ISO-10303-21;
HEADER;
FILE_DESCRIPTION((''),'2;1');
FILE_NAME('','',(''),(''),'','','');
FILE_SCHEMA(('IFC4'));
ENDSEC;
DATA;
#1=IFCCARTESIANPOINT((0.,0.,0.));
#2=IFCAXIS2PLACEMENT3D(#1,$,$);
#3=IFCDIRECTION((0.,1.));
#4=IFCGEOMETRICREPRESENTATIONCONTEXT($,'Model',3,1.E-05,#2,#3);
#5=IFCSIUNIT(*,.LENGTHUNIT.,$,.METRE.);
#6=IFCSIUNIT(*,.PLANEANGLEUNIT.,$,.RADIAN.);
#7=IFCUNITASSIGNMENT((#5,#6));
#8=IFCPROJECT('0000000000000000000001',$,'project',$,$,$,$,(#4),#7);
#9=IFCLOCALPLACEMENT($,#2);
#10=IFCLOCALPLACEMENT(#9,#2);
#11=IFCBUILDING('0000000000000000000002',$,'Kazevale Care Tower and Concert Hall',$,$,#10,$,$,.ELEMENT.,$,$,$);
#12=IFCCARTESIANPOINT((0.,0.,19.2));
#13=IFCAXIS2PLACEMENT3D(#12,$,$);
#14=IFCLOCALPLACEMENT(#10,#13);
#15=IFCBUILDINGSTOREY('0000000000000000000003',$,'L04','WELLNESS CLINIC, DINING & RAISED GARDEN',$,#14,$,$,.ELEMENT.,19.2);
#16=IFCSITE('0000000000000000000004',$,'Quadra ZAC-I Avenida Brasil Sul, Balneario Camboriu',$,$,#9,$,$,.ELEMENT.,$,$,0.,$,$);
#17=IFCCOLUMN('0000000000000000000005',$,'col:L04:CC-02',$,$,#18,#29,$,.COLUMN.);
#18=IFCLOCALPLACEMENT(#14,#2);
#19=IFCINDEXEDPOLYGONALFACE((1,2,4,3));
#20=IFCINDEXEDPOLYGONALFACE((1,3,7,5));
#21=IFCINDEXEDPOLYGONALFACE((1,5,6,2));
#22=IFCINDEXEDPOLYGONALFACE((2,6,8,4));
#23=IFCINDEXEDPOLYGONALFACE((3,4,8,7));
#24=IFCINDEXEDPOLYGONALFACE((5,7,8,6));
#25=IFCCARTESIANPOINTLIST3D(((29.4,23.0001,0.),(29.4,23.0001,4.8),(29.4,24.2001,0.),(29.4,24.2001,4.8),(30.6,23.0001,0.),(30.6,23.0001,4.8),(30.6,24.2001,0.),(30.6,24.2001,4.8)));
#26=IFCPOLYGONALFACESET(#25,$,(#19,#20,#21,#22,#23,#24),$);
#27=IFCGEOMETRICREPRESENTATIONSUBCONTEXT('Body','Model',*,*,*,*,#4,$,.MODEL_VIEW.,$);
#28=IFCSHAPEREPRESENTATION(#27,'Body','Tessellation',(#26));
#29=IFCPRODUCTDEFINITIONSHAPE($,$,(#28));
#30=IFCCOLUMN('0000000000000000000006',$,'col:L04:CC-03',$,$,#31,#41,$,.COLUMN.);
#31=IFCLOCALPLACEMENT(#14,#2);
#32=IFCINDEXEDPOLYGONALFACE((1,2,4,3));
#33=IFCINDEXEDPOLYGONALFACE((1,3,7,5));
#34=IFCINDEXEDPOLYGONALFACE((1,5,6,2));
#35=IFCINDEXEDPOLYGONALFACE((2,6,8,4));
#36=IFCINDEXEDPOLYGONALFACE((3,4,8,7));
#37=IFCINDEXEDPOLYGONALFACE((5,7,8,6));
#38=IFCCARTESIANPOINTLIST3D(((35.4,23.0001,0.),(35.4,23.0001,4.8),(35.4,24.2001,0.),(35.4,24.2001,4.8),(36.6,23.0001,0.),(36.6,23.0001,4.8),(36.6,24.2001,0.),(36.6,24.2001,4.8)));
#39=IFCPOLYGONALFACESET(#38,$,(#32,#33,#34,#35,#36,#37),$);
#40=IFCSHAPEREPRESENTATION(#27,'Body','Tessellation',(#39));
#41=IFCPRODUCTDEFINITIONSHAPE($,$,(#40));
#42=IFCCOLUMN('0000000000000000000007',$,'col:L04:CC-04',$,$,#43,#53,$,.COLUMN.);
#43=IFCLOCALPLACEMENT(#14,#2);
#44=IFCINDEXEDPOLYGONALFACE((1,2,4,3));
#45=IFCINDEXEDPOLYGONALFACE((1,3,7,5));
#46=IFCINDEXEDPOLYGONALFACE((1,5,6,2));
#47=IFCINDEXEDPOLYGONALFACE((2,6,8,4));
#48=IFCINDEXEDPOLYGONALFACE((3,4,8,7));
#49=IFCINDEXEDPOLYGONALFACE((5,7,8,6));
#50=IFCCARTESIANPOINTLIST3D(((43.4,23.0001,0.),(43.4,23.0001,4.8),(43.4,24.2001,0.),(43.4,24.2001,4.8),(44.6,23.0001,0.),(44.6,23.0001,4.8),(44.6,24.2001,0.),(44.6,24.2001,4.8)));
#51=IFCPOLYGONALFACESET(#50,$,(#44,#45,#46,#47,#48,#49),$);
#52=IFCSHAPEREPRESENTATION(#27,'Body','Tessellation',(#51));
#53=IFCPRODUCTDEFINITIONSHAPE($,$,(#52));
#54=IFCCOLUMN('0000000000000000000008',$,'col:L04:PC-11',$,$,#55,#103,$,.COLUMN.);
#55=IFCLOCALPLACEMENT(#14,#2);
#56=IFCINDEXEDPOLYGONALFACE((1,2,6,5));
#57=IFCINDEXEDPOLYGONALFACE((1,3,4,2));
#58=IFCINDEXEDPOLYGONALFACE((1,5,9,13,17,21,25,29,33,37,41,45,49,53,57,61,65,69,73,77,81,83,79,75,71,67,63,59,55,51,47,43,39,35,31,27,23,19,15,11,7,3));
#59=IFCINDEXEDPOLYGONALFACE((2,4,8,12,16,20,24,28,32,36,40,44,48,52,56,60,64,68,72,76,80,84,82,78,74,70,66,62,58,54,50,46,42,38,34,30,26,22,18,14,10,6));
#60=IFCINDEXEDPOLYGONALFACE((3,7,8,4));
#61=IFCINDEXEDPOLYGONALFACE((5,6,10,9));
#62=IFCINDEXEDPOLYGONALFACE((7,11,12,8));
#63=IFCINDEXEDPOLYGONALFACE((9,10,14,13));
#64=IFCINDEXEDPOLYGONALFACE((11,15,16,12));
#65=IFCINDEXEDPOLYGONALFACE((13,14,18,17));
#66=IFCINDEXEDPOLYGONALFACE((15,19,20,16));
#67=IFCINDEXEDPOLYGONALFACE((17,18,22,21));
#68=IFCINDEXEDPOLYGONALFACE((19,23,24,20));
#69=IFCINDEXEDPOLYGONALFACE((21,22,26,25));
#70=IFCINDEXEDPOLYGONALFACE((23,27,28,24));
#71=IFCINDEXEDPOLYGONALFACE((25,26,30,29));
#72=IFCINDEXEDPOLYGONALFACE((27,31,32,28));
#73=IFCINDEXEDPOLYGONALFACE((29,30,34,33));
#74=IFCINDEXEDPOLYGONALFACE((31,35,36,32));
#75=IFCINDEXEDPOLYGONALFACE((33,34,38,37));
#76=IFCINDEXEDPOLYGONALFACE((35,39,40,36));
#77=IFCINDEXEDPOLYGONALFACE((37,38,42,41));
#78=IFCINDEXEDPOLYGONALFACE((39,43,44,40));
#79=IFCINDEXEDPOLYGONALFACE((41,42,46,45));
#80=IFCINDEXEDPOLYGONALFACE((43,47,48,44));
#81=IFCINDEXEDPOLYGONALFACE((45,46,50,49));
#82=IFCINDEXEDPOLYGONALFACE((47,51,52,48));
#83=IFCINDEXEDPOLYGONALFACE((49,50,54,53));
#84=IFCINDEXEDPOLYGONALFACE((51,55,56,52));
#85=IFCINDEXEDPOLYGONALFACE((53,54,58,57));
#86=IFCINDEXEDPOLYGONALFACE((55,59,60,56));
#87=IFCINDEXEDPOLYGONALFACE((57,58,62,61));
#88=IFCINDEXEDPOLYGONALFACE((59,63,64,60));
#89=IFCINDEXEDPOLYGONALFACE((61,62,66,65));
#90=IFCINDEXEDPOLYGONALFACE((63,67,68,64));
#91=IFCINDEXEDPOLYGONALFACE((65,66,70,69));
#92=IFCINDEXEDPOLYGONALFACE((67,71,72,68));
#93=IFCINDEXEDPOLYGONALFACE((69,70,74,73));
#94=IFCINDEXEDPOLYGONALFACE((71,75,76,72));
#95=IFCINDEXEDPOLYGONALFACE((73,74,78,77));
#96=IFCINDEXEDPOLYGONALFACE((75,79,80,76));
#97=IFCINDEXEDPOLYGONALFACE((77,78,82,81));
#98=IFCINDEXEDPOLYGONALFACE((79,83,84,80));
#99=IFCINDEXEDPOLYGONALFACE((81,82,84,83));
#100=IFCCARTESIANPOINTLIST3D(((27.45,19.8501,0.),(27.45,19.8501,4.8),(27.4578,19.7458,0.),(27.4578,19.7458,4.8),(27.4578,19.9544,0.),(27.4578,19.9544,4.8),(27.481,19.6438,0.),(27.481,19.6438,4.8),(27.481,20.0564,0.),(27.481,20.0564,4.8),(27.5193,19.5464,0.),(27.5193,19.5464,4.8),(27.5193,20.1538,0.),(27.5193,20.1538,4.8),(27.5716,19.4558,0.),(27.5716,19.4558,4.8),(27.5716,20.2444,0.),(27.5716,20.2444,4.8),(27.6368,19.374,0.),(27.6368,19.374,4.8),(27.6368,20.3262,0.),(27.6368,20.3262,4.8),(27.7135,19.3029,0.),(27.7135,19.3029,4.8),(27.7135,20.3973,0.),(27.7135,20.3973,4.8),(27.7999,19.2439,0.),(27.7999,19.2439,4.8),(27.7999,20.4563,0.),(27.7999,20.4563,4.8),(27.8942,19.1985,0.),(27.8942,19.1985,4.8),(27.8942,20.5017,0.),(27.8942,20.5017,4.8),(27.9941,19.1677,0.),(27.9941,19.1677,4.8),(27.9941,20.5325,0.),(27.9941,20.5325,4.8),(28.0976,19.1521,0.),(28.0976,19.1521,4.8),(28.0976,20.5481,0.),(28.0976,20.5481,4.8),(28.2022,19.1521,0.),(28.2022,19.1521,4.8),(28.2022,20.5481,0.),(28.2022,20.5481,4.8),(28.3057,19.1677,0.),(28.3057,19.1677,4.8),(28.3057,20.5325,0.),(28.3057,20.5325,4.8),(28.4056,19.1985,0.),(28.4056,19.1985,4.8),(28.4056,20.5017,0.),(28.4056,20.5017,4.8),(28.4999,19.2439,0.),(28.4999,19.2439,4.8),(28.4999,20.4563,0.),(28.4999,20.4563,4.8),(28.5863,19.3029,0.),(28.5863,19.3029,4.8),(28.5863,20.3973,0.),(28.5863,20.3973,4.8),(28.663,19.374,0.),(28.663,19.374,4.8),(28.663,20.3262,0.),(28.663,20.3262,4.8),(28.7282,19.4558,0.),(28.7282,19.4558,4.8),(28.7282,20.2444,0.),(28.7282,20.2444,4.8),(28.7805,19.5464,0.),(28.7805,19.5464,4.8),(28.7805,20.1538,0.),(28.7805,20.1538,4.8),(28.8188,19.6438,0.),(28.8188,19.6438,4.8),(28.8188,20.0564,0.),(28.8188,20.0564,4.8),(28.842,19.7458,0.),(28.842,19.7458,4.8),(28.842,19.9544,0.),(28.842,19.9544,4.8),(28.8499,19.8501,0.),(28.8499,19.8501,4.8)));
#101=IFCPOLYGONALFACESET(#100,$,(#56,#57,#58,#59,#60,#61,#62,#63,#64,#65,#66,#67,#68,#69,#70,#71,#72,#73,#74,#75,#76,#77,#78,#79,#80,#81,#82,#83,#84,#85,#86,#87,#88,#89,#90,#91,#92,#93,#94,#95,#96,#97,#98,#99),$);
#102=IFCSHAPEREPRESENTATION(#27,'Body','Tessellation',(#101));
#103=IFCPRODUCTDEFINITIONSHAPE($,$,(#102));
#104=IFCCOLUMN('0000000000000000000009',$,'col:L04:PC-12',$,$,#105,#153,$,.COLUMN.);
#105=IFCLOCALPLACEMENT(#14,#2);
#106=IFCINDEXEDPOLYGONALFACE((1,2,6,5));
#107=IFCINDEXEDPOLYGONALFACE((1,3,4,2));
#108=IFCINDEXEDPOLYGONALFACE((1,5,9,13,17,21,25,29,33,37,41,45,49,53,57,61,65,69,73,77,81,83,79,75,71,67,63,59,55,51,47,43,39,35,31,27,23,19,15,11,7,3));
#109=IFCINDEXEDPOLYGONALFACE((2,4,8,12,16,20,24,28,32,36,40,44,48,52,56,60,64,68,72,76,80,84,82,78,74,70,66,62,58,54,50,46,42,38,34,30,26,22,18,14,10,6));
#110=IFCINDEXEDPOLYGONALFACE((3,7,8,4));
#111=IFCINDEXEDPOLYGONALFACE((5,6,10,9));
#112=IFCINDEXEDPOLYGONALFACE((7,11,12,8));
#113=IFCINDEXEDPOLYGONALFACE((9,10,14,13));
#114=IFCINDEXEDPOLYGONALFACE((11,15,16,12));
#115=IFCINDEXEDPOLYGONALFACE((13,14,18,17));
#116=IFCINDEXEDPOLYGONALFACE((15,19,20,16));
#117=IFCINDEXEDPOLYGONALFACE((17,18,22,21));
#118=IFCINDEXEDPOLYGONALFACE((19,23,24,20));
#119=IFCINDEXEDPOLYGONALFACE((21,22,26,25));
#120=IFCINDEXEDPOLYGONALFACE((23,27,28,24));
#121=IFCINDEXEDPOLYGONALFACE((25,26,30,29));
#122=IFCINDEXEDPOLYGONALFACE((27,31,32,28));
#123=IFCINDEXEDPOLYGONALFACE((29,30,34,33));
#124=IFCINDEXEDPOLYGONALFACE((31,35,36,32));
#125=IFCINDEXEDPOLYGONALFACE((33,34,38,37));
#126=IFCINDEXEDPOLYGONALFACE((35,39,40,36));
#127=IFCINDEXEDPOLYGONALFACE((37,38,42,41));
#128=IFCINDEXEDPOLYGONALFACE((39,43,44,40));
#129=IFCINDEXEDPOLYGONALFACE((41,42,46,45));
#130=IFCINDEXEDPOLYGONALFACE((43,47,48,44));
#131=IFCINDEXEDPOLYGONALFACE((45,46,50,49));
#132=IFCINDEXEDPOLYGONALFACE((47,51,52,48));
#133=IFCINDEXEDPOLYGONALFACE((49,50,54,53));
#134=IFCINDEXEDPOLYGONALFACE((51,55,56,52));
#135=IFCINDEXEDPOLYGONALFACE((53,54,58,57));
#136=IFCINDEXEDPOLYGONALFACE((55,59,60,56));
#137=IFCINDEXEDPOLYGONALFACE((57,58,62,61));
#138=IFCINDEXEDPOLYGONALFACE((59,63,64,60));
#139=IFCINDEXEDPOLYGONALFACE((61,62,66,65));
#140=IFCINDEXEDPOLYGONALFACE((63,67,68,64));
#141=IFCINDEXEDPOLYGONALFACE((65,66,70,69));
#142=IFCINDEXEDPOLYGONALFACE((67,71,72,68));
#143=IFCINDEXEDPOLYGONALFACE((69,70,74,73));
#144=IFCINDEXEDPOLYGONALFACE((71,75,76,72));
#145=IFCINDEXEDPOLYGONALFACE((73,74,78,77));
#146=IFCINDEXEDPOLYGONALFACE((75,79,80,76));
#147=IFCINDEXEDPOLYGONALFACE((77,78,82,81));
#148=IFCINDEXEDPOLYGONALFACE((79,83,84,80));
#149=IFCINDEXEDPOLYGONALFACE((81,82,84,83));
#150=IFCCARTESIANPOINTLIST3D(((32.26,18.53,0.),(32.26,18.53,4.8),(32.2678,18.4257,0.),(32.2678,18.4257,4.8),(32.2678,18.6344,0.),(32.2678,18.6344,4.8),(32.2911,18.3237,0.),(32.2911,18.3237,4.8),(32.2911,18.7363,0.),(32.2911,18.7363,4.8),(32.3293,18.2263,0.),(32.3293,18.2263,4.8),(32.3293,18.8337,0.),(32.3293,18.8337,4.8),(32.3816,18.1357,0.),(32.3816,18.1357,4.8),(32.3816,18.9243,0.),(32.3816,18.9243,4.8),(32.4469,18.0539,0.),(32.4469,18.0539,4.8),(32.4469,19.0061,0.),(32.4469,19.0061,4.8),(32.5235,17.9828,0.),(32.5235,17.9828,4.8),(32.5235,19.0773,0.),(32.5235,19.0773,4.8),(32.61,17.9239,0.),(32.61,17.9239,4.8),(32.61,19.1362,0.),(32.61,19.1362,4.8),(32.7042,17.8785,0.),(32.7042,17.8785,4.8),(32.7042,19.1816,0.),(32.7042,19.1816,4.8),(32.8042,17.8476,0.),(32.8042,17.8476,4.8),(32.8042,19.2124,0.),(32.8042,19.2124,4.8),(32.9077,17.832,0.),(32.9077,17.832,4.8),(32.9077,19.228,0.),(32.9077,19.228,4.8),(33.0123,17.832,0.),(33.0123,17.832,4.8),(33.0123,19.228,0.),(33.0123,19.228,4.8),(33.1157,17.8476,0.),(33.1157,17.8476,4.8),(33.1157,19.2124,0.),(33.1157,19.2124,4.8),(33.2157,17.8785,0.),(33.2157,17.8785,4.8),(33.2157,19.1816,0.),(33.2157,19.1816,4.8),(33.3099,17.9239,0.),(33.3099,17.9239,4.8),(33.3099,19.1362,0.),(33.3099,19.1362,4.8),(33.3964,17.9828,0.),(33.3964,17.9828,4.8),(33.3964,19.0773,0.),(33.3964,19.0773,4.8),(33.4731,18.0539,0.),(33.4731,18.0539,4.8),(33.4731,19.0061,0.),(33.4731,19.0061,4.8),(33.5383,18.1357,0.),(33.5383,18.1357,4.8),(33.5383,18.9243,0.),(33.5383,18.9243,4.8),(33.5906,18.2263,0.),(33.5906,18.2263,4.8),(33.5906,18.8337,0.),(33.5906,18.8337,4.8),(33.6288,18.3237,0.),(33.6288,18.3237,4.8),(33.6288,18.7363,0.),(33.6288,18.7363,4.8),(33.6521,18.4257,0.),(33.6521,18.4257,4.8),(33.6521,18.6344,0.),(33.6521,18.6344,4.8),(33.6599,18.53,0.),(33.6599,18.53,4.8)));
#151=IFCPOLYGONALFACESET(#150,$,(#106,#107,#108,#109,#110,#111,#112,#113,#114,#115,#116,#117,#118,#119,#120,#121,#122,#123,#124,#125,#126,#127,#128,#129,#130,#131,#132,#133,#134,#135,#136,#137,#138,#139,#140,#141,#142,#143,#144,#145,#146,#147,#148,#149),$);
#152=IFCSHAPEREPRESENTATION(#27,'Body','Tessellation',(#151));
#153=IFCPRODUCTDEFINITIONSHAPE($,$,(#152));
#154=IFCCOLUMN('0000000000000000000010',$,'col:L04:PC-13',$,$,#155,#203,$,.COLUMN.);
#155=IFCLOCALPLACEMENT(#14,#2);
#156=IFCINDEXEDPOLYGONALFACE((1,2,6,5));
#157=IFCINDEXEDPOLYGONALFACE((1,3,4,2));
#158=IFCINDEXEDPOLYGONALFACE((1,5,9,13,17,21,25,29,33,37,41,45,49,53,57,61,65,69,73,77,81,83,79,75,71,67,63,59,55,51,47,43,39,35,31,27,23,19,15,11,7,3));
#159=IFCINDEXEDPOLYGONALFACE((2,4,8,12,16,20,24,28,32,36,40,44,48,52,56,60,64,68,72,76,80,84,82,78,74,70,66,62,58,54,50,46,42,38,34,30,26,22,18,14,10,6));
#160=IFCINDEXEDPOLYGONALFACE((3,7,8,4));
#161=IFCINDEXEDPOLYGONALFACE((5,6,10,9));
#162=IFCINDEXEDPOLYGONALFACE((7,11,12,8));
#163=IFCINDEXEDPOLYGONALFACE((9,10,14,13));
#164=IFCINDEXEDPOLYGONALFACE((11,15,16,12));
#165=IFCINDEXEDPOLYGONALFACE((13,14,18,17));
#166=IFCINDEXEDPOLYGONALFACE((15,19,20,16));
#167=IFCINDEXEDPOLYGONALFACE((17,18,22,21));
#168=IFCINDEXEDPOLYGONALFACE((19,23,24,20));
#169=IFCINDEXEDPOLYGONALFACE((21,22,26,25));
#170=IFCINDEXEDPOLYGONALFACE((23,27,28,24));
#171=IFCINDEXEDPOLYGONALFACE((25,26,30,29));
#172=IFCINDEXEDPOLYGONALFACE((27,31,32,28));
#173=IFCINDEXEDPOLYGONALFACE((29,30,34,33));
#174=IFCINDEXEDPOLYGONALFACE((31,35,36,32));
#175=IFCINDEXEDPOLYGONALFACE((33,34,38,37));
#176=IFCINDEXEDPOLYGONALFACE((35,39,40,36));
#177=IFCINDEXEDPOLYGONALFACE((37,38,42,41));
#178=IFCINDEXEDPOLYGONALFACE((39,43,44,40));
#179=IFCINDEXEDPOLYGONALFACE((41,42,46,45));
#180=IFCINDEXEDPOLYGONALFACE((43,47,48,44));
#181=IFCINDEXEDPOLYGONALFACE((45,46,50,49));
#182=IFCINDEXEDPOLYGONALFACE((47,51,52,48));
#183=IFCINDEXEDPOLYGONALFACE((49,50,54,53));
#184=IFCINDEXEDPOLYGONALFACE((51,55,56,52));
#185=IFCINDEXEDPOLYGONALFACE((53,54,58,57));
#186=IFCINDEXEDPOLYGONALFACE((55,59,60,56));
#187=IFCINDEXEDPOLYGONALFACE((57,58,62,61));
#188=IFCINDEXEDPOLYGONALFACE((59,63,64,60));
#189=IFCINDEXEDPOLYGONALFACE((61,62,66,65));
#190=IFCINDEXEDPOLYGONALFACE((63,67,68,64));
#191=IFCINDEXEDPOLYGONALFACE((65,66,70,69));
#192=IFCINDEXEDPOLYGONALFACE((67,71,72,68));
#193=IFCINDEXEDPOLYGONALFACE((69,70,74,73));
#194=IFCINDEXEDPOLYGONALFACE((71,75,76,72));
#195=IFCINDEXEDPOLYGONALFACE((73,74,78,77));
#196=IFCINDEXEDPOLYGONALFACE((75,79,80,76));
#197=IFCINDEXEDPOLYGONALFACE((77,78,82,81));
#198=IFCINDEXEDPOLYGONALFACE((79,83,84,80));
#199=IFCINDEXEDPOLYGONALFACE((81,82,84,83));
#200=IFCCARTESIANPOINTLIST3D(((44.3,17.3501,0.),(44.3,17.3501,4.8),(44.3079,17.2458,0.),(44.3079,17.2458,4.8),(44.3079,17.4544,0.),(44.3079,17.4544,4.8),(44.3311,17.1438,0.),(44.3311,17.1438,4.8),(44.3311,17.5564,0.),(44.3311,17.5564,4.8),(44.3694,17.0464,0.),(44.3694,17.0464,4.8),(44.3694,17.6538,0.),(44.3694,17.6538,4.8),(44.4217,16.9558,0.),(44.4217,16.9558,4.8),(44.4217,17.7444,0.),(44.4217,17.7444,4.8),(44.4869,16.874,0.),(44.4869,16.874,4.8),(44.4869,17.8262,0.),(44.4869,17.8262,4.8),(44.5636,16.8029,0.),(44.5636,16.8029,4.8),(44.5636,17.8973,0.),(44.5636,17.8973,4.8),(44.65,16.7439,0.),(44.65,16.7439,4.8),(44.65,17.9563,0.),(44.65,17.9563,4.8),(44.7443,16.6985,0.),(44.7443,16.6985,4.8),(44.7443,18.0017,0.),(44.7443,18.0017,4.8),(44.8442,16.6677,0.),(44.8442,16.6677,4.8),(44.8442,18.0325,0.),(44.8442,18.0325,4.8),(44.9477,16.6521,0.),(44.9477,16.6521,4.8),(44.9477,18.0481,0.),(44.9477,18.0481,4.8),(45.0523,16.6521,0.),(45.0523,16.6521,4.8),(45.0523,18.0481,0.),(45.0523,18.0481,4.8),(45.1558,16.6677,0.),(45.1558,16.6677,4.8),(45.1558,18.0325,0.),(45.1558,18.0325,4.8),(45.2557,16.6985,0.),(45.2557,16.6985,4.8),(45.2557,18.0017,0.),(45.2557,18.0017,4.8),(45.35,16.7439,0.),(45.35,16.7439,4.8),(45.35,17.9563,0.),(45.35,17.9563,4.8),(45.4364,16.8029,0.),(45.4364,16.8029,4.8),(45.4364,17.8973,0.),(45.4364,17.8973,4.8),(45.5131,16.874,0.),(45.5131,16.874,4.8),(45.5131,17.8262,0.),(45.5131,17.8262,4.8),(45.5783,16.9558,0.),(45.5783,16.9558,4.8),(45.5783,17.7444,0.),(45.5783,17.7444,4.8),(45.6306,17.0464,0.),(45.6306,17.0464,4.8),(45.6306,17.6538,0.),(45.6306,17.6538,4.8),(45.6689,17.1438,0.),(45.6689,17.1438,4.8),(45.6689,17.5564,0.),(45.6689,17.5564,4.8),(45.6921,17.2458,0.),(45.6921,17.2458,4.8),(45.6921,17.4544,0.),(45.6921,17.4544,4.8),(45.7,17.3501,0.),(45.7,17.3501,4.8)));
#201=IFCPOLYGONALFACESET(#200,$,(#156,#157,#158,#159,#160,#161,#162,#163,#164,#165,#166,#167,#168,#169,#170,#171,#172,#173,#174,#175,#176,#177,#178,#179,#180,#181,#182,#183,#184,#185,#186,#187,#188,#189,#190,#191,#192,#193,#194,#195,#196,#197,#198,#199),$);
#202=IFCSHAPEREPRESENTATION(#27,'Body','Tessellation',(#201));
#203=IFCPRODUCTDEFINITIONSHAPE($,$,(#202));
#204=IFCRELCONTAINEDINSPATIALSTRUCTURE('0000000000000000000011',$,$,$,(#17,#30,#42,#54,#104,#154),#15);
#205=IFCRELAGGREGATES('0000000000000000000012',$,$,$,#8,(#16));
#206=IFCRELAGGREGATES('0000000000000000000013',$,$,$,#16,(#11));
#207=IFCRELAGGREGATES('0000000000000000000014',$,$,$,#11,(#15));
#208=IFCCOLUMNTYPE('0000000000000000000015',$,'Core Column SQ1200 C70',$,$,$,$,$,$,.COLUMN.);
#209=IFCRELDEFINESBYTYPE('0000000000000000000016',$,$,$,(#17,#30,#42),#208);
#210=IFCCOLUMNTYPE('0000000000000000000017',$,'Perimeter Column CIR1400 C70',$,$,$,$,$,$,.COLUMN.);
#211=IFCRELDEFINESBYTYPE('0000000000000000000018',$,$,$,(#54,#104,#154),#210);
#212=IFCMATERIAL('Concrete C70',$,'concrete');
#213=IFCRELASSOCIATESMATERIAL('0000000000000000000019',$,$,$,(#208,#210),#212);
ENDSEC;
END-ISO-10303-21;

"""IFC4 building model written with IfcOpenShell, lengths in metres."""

from ifc_helpers import new_model, si_unit, direction, frame, origin, origin_2d, place, context, subcontext, project, spatial, rectangle, circle, extrude, material, material_profile, profile_set, type_object, element, save


model = new_model("IFC4")

# Units and contexts
model_context = context("Model", 3, precision=1e-05, world=origin(), true_north=direction((0.0, 1.0)))
body_context = subcontext(model_context, "Body", "Model", "MODEL_VIEW")
ifc_project = project(units=[si_unit("LENGTHUNIT", "METRE"), si_unit("PLANEANGLEUNIT", "RADIAN")], contexts=[model_context])

# Site, building, storey
site_placement = place(None, origin())
site = spatial("IfcSite", under=ifc_project, at=site_placement, Name="Quadra ZAC-I Avenida Brasil Sul, Balneario Camboriu", CompositionType="ELEMENT", RefElevation=0.0)
building_placement = place(site_placement, origin())
building = spatial("IfcBuilding", under=site, at=building_placement, Name="Kazevale Care Tower and Concert Hall", CompositionType="ELEMENT")
storey_placement = place(building_placement, frame((0.0, 0.0, 19.2)))
storey = spatial("IfcBuildingStorey", under=building, at=storey_placement, Name="L04", Description="WELLNESS CLINIC, DINING & RAISED GARDEN", CompositionType="ELEMENT", Elevation=19.2)

# Columns
ifc_material_1 = material(Name="Concrete C70", Category="concrete")
ifc_material_profile_1 = material_profile(ifc_material_1, rectangle(XDim=1.2, YDim=1.2, at=origin_2d()), Name="RC-SQ1200")
ifc_profile_set_1 = profile_set([ifc_material_profile_1], Name="Concrete C70")
column_type_1 = type_object("IfcColumnType", Name="Core Column SQ1200 C70", PredefinedType="COLUMN", material=ifc_profile_set_1)
for number, where, z_axis, x_axis, name in (
    (1, (30.0, 23.6001, 0.0), (0.0, 0.0, 1.0), (1.0, 0.0, 0.0), "col:L04:CC-02"),
    (2, (36.0, 23.6001, 0.0), (0.0, 0.0, 1.0), (1.0, 0.0, 0.0), "col:L04:CC-03"),
    (3, (44.0, 23.6001, 0.0), (0.0, 0.0, 1.0), (1.0, 0.0, 0.0), "col:L04:CC-04"),
):
    element("IfcColumn", number, at=place(storey_placement, frame(where, z_axis=z_axis, x_axis=x_axis)), inside=storey, type_object=column_type_1, Name=name, PredefinedType="COLUMN", context=body_context, shape_type="SweptSolid", body=[
        extrude(rectangle(XDim=1.2, YDim=1.2, at=origin_2d()), origin(), (0.0, 0.0, 1.0), 4.8),
    ])
ifc_material_profile_2 = material_profile(ifc_material_1, circle(Radius=0.7, at=origin_2d()), Name="RC-CIR1400")
ifc_profile_set_2 = profile_set([ifc_material_profile_2], Name="Concrete C70")
column_type_2 = type_object("IfcColumnType", Name="Perimeter Column CIR1400 C70", PredefinedType="COLUMN", material=ifc_profile_set_2)
for number, where, z_axis, x_axis, name in (
    (4, (28.1499, 19.8501, 0.0), (0.0, 0.0, 1.0), (1.0, 0.0, 0.0), "col:L04:PC-11"),
    (5, (32.96, 18.53, 0.0), (0.0, 0.0, 1.0), (1.0, 0.0, 0.0), "col:L04:PC-12"),
    (6, (45.0, 17.3501, 0.0), (0.0, 0.0, 1.0), (1.0, 0.0, 0.0), "col:L04:PC-13"),
):
    element("IfcColumn", number, at=place(storey_placement, frame(where, z_axis=z_axis, x_axis=x_axis)), inside=storey, type_object=column_type_2, Name=name, PredefinedType="COLUMN", context=body_context, shape_type="SweptSolid", body=[
        extrude(circle(Radius=0.7, at=origin_2d()), origin(), (0.0, 0.0, 1.0), 4.8),
    ])

save(model, "model.ifc")
